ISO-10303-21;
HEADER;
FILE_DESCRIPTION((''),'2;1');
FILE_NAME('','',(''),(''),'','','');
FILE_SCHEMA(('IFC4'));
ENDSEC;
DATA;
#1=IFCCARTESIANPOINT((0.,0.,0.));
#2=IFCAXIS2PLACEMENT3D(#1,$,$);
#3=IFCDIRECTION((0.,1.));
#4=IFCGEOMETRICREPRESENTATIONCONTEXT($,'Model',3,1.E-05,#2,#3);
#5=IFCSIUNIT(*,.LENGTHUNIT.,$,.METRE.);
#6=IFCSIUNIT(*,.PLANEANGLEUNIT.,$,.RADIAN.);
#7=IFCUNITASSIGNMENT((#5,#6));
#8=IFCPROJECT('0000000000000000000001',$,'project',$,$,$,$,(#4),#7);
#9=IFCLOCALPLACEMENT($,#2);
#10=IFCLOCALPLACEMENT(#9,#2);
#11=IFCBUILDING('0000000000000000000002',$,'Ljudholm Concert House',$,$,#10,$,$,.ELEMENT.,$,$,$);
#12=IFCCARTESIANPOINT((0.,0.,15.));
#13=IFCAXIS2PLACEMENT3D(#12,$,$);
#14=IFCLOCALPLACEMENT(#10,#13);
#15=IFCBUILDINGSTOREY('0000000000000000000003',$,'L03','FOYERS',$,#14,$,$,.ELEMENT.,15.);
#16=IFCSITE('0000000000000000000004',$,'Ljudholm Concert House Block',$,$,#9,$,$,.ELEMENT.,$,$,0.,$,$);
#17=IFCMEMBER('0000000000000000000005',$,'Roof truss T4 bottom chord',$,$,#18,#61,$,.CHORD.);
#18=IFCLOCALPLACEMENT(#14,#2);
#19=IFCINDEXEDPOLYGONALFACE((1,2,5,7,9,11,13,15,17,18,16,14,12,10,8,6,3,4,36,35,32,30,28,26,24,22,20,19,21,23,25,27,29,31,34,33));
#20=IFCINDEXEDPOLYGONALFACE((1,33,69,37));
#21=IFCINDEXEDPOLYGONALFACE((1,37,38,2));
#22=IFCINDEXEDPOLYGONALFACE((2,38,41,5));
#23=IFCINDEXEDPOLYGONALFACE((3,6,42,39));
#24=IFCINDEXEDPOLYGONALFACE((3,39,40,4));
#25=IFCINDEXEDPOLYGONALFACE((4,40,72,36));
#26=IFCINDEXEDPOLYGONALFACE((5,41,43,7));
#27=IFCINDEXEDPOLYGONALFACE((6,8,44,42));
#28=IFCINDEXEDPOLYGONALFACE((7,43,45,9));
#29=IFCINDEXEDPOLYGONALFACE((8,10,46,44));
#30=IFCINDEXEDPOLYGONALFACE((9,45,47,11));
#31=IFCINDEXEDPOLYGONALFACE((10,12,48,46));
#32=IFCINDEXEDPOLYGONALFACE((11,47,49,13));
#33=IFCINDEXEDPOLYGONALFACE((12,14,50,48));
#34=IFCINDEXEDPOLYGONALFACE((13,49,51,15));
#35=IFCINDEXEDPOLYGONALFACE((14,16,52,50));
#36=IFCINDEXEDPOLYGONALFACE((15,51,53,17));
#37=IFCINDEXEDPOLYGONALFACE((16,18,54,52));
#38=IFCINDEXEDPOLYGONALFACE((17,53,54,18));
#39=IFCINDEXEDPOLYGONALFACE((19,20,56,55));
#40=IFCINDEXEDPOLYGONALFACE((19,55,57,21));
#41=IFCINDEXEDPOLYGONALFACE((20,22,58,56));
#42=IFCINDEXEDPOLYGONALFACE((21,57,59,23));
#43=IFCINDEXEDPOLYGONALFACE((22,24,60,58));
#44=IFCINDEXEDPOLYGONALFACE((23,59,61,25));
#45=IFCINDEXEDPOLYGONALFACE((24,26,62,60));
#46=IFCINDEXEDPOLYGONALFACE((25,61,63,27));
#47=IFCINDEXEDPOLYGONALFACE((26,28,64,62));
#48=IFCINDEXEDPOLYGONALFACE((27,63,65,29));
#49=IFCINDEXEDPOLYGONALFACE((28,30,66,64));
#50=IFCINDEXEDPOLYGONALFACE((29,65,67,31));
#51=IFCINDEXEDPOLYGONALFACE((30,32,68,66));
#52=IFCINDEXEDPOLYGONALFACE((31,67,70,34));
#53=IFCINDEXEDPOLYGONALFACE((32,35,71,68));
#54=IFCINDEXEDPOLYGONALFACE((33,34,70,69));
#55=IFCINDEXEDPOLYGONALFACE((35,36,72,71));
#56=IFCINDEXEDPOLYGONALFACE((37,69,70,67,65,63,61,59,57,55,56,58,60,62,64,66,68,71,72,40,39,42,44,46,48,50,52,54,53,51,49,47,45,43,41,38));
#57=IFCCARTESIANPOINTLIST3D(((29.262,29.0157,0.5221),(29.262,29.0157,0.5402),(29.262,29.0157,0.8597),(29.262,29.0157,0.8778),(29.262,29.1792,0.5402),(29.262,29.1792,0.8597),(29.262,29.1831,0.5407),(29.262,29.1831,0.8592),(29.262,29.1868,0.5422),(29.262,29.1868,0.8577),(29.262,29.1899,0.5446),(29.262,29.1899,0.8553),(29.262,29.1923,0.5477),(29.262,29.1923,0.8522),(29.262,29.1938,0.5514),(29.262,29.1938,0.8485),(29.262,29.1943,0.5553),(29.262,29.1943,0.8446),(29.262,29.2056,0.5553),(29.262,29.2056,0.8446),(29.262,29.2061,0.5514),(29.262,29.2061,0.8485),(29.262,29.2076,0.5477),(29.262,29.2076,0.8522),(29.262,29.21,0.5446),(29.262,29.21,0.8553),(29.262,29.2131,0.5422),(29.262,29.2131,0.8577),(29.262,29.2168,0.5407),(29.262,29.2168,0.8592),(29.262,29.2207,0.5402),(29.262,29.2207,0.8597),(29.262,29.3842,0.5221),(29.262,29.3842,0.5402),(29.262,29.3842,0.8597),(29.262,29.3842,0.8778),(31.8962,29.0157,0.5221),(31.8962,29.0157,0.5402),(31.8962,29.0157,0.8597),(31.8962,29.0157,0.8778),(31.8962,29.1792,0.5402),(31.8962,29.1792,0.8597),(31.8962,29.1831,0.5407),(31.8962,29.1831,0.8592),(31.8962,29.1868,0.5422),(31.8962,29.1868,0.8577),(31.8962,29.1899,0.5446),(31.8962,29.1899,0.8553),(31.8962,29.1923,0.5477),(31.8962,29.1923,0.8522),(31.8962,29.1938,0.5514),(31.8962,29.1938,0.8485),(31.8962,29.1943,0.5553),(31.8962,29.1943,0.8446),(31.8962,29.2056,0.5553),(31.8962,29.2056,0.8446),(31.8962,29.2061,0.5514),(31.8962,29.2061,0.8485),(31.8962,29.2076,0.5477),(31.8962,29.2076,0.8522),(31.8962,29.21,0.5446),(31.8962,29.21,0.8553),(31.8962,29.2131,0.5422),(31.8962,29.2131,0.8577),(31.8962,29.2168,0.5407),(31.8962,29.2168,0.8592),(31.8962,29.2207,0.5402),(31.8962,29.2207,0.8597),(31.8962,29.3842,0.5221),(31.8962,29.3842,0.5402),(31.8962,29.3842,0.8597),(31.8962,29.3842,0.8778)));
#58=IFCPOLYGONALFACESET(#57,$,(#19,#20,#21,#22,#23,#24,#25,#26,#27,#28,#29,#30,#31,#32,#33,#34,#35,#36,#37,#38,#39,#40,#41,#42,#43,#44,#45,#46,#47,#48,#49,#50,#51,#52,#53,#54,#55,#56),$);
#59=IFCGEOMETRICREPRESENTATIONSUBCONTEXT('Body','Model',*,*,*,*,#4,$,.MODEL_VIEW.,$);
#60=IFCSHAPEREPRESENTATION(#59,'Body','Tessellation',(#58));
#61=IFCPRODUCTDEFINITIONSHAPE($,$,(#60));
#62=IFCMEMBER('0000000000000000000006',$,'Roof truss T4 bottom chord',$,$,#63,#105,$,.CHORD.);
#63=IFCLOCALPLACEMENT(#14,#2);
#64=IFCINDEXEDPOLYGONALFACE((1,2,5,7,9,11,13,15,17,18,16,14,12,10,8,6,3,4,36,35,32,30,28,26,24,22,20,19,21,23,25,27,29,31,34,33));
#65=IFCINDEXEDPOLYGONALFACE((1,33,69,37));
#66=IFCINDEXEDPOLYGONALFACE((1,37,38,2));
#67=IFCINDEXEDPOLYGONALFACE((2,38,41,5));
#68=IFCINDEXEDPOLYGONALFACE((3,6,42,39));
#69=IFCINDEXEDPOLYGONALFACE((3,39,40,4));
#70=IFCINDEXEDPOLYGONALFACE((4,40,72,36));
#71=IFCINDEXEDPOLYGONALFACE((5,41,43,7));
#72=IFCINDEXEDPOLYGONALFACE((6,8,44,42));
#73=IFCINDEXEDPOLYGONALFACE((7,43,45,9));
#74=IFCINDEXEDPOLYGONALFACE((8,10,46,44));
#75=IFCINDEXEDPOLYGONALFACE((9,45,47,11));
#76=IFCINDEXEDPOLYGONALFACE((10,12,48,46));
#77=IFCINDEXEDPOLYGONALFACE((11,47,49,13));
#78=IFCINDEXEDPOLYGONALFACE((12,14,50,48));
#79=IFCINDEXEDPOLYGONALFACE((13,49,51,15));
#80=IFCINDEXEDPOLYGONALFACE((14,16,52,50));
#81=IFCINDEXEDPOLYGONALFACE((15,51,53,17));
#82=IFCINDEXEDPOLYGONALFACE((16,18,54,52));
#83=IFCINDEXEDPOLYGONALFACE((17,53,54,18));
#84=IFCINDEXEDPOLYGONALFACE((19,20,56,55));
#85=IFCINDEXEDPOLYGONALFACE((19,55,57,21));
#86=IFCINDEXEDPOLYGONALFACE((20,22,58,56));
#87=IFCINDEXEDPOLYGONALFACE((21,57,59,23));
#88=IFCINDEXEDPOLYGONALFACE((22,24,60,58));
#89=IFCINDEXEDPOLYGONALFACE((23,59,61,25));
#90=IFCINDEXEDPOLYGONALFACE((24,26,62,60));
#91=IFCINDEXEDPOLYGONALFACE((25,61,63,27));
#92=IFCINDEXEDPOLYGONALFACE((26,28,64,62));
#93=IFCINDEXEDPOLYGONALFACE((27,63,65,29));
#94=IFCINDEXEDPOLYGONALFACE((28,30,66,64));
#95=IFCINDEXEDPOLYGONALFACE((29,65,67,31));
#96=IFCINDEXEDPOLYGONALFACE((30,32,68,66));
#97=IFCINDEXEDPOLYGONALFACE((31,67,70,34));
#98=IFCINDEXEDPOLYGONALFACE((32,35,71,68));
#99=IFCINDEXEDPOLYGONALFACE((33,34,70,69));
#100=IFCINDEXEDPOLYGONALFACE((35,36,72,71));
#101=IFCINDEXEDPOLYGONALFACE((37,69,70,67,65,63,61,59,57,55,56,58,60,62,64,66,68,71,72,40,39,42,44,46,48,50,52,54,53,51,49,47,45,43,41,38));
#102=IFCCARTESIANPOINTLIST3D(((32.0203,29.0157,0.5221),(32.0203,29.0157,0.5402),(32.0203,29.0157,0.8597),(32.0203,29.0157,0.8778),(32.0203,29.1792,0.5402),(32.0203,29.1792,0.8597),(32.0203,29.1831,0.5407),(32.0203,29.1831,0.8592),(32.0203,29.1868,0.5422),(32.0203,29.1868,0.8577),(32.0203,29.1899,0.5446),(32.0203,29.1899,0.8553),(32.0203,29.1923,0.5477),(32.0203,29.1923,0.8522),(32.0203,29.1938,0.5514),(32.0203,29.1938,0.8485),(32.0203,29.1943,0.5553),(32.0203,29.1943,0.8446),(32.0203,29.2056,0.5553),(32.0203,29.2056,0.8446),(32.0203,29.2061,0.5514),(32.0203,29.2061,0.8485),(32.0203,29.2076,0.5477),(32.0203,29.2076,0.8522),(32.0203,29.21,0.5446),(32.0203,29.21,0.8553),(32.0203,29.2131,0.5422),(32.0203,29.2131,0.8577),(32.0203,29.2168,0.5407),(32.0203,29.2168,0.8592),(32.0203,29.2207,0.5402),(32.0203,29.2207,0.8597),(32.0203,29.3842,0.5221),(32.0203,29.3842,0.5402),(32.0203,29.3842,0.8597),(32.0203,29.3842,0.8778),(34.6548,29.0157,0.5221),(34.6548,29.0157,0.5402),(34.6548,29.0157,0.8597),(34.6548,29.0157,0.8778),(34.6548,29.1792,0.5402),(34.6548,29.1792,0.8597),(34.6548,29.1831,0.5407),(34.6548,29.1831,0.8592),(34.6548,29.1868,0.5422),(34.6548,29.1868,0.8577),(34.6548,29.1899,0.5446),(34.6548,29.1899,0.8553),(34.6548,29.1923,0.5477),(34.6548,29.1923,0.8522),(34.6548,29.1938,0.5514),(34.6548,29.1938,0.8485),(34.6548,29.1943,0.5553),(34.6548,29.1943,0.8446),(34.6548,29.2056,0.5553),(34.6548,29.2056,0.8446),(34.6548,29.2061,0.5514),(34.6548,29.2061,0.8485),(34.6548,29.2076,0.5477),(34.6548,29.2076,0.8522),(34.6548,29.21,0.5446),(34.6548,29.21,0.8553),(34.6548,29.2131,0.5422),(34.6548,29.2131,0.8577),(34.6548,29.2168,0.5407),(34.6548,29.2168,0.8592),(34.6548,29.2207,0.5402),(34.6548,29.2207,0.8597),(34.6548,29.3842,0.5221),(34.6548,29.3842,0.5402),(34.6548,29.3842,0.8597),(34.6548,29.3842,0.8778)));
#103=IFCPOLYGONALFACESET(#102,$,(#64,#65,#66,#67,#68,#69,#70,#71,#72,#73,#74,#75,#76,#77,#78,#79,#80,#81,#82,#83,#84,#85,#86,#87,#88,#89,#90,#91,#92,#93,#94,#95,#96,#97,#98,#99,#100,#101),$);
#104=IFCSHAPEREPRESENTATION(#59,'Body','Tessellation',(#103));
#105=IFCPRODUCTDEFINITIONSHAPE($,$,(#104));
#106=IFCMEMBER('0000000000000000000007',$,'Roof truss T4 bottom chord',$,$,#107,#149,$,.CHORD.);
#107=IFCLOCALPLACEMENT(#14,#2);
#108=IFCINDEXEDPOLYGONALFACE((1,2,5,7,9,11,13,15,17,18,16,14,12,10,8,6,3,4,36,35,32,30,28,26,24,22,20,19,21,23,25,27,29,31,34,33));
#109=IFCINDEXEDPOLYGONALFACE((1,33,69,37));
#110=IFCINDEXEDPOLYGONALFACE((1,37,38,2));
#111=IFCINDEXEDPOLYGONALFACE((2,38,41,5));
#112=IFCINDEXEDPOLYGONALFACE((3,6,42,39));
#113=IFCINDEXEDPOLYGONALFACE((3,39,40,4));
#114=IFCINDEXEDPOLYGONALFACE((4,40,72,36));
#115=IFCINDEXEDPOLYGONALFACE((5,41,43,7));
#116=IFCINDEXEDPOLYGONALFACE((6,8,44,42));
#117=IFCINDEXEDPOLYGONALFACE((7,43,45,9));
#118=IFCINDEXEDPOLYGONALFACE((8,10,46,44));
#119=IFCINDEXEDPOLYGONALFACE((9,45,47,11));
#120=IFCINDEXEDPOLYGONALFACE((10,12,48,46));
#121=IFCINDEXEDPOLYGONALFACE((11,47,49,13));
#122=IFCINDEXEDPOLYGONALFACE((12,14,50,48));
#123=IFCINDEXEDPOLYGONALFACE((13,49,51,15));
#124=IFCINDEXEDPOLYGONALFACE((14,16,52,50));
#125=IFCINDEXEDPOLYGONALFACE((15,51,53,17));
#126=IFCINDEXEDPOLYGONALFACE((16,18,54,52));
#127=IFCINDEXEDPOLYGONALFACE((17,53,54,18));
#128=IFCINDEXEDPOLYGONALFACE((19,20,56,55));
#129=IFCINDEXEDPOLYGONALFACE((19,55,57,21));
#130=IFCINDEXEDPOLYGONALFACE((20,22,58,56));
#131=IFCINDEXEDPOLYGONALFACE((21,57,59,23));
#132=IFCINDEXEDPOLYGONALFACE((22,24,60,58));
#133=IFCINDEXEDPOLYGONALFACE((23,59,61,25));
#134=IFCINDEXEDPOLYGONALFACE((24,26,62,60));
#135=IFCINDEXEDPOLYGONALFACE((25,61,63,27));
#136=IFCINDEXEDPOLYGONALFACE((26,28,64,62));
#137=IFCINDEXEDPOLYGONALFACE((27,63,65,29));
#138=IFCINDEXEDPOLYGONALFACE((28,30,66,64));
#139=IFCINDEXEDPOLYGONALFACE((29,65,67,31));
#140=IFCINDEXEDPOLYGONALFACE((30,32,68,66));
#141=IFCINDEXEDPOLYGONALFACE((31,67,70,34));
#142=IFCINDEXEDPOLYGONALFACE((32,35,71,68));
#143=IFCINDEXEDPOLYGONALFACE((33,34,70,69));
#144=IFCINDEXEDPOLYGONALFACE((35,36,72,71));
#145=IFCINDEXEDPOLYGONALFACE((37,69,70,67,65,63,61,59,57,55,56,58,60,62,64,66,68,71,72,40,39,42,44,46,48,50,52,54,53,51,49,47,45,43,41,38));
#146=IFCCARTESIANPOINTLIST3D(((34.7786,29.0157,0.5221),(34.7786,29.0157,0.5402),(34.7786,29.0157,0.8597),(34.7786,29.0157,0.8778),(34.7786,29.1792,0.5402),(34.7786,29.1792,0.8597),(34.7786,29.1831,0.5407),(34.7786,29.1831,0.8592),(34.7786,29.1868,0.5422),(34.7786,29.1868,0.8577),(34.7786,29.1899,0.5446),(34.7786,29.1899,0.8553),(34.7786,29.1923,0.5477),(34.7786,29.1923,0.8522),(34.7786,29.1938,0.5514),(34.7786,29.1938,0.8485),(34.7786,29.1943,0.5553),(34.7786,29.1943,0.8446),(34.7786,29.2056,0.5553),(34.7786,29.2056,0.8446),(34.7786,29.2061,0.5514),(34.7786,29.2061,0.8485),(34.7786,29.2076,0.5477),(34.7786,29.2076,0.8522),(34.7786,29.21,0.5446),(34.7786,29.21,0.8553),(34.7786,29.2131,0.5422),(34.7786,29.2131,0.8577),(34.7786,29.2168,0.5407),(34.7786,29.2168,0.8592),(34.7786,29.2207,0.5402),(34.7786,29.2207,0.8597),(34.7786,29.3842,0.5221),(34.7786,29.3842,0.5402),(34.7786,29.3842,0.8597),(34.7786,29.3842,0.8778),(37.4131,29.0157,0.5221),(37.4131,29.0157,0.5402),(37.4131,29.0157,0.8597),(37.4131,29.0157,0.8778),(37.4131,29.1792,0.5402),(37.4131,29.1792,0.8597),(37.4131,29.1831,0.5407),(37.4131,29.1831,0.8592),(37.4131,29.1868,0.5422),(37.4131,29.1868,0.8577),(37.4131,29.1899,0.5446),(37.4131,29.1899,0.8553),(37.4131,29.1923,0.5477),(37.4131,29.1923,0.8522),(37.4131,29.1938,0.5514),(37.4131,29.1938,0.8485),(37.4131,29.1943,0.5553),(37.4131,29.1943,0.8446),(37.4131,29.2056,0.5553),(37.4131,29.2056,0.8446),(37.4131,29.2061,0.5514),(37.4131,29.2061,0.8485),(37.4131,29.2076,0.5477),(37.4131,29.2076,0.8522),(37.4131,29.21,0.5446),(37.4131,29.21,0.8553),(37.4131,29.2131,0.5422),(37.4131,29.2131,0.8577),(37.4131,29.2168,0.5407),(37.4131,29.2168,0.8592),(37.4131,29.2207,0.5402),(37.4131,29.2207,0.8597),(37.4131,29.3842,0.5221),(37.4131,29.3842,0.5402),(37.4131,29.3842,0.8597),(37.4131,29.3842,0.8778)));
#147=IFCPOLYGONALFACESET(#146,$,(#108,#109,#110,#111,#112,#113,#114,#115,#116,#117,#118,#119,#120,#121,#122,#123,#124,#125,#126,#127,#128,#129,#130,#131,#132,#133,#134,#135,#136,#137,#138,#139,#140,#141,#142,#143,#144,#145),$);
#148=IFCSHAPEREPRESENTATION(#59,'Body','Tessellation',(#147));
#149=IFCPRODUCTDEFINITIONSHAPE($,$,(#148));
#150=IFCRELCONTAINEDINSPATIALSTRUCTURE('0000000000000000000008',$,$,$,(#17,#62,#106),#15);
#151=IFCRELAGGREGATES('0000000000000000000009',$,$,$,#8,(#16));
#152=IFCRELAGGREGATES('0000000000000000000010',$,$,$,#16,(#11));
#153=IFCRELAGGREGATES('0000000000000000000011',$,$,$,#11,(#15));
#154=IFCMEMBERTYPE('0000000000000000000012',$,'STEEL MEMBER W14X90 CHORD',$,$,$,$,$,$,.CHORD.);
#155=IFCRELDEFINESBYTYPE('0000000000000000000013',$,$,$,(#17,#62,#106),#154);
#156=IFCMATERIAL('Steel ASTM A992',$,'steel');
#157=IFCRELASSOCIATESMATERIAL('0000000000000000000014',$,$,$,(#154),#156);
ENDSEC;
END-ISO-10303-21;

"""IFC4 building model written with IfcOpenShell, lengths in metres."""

from ifc_helpers import new_model, si_unit, direction, frame, origin, origin_2d, place, context, subcontext, project, spatial, i_section, extrude, material, material_profile, profile_set, type_object, element, save


model = new_model("IFC4")

# Units and contexts
model_context = context("Model", 3, precision=1e-05, world=origin(), true_north=direction((0.0, 1.0)))
body_context = subcontext(model_context, "Body", "Model", "MODEL_VIEW")
ifc_project = project(units=[si_unit("LENGTHUNIT", "METRE"), si_unit("PLANEANGLEUNIT", "RADIAN")], contexts=[model_context])

# Site, building, storey
site_placement = place(None, origin())
site = spatial("IfcSite", under=ifc_project, at=site_placement, Name="Ljudholm Concert House Block", CompositionType="ELEMENT", RefElevation=0.0)
building_placement = place(site_placement, origin())
building = spatial("IfcBuilding", under=site, at=building_placement, Name="Ljudholm Concert House", CompositionType="ELEMENT")
storey_placement = place(building_placement, frame((0.0, 0.0, 15.0)))
storey = spatial("IfcBuildingStorey", under=building, at=storey_placement, Name="L03", Description="FOYERS", CompositionType="ELEMENT", Elevation=15.0)

# Members
ifc_material_1 = material(Name="Steel ASTM A992", Category="steel")
ifc_material_profile = material_profile(ifc_material_1, i_section(OverallWidth=0.3684, OverallDepth=0.3557, WebThickness=0.0112, FlangeThickness=0.0181, FilletRadius=0.0151, at=origin_2d()), Name="W14X90")
ifc_profile_set = profile_set([ifc_material_profile], Name="Steel ASTM A992")
member_type = type_object("IfcMemberType", Name="STEEL MEMBER W14X90 CHORD", PredefinedType="CHORD", material=ifc_profile_set)
member_placement = place(storey_placement, frame((29.262, 29.2, 0.7), z_axis=(1.0, 0.0, 0.0), x_axis=(0.0, 1.0, 0.0)))
element("IfcMember", 1, at=member_placement, inside=storey, type_object=member_type, Name="Roof truss T4 bottom chord", PredefinedType="CHORD", context=body_context, shape_type="SweptSolid", body=[
    extrude(i_section(OverallWidth=0.3684, OverallDepth=0.3557, WebThickness=0.0112, FlangeThickness=0.0181, FilletRadius=0.0151, at=origin_2d()), origin(), (0.0, 0.0, 1.0), 2.6343),
])
for number, where, z_axis, x_axis, name in (
    (2, (32.0203, 29.2, 0.7), (1.0, 0.0, 0.0), (0.0, 1.0, 0.0), "Roof truss T4 bottom chord"),
    (3, (34.7786, 29.2, 0.7), (1.0, 0.0, 0.0), (0.0, 1.0, 0.0), "Roof truss T4 bottom chord"),
):
    element("IfcMember", number, at=place(storey_placement, frame(where, z_axis=z_axis, x_axis=x_axis)), inside=storey, type_object=member_type, Name=name, PredefinedType="CHORD", context=body_context, shape_type="SweptSolid", body=[
        extrude(i_section(OverallWidth=0.3684, OverallDepth=0.3557, WebThickness=0.0112, FlangeThickness=0.0181, FilletRadius=0.0151, at=origin_2d()), origin(), (0.0, 0.0, 1.0), 2.6345),
    ])

save(model, "model.ifc")
